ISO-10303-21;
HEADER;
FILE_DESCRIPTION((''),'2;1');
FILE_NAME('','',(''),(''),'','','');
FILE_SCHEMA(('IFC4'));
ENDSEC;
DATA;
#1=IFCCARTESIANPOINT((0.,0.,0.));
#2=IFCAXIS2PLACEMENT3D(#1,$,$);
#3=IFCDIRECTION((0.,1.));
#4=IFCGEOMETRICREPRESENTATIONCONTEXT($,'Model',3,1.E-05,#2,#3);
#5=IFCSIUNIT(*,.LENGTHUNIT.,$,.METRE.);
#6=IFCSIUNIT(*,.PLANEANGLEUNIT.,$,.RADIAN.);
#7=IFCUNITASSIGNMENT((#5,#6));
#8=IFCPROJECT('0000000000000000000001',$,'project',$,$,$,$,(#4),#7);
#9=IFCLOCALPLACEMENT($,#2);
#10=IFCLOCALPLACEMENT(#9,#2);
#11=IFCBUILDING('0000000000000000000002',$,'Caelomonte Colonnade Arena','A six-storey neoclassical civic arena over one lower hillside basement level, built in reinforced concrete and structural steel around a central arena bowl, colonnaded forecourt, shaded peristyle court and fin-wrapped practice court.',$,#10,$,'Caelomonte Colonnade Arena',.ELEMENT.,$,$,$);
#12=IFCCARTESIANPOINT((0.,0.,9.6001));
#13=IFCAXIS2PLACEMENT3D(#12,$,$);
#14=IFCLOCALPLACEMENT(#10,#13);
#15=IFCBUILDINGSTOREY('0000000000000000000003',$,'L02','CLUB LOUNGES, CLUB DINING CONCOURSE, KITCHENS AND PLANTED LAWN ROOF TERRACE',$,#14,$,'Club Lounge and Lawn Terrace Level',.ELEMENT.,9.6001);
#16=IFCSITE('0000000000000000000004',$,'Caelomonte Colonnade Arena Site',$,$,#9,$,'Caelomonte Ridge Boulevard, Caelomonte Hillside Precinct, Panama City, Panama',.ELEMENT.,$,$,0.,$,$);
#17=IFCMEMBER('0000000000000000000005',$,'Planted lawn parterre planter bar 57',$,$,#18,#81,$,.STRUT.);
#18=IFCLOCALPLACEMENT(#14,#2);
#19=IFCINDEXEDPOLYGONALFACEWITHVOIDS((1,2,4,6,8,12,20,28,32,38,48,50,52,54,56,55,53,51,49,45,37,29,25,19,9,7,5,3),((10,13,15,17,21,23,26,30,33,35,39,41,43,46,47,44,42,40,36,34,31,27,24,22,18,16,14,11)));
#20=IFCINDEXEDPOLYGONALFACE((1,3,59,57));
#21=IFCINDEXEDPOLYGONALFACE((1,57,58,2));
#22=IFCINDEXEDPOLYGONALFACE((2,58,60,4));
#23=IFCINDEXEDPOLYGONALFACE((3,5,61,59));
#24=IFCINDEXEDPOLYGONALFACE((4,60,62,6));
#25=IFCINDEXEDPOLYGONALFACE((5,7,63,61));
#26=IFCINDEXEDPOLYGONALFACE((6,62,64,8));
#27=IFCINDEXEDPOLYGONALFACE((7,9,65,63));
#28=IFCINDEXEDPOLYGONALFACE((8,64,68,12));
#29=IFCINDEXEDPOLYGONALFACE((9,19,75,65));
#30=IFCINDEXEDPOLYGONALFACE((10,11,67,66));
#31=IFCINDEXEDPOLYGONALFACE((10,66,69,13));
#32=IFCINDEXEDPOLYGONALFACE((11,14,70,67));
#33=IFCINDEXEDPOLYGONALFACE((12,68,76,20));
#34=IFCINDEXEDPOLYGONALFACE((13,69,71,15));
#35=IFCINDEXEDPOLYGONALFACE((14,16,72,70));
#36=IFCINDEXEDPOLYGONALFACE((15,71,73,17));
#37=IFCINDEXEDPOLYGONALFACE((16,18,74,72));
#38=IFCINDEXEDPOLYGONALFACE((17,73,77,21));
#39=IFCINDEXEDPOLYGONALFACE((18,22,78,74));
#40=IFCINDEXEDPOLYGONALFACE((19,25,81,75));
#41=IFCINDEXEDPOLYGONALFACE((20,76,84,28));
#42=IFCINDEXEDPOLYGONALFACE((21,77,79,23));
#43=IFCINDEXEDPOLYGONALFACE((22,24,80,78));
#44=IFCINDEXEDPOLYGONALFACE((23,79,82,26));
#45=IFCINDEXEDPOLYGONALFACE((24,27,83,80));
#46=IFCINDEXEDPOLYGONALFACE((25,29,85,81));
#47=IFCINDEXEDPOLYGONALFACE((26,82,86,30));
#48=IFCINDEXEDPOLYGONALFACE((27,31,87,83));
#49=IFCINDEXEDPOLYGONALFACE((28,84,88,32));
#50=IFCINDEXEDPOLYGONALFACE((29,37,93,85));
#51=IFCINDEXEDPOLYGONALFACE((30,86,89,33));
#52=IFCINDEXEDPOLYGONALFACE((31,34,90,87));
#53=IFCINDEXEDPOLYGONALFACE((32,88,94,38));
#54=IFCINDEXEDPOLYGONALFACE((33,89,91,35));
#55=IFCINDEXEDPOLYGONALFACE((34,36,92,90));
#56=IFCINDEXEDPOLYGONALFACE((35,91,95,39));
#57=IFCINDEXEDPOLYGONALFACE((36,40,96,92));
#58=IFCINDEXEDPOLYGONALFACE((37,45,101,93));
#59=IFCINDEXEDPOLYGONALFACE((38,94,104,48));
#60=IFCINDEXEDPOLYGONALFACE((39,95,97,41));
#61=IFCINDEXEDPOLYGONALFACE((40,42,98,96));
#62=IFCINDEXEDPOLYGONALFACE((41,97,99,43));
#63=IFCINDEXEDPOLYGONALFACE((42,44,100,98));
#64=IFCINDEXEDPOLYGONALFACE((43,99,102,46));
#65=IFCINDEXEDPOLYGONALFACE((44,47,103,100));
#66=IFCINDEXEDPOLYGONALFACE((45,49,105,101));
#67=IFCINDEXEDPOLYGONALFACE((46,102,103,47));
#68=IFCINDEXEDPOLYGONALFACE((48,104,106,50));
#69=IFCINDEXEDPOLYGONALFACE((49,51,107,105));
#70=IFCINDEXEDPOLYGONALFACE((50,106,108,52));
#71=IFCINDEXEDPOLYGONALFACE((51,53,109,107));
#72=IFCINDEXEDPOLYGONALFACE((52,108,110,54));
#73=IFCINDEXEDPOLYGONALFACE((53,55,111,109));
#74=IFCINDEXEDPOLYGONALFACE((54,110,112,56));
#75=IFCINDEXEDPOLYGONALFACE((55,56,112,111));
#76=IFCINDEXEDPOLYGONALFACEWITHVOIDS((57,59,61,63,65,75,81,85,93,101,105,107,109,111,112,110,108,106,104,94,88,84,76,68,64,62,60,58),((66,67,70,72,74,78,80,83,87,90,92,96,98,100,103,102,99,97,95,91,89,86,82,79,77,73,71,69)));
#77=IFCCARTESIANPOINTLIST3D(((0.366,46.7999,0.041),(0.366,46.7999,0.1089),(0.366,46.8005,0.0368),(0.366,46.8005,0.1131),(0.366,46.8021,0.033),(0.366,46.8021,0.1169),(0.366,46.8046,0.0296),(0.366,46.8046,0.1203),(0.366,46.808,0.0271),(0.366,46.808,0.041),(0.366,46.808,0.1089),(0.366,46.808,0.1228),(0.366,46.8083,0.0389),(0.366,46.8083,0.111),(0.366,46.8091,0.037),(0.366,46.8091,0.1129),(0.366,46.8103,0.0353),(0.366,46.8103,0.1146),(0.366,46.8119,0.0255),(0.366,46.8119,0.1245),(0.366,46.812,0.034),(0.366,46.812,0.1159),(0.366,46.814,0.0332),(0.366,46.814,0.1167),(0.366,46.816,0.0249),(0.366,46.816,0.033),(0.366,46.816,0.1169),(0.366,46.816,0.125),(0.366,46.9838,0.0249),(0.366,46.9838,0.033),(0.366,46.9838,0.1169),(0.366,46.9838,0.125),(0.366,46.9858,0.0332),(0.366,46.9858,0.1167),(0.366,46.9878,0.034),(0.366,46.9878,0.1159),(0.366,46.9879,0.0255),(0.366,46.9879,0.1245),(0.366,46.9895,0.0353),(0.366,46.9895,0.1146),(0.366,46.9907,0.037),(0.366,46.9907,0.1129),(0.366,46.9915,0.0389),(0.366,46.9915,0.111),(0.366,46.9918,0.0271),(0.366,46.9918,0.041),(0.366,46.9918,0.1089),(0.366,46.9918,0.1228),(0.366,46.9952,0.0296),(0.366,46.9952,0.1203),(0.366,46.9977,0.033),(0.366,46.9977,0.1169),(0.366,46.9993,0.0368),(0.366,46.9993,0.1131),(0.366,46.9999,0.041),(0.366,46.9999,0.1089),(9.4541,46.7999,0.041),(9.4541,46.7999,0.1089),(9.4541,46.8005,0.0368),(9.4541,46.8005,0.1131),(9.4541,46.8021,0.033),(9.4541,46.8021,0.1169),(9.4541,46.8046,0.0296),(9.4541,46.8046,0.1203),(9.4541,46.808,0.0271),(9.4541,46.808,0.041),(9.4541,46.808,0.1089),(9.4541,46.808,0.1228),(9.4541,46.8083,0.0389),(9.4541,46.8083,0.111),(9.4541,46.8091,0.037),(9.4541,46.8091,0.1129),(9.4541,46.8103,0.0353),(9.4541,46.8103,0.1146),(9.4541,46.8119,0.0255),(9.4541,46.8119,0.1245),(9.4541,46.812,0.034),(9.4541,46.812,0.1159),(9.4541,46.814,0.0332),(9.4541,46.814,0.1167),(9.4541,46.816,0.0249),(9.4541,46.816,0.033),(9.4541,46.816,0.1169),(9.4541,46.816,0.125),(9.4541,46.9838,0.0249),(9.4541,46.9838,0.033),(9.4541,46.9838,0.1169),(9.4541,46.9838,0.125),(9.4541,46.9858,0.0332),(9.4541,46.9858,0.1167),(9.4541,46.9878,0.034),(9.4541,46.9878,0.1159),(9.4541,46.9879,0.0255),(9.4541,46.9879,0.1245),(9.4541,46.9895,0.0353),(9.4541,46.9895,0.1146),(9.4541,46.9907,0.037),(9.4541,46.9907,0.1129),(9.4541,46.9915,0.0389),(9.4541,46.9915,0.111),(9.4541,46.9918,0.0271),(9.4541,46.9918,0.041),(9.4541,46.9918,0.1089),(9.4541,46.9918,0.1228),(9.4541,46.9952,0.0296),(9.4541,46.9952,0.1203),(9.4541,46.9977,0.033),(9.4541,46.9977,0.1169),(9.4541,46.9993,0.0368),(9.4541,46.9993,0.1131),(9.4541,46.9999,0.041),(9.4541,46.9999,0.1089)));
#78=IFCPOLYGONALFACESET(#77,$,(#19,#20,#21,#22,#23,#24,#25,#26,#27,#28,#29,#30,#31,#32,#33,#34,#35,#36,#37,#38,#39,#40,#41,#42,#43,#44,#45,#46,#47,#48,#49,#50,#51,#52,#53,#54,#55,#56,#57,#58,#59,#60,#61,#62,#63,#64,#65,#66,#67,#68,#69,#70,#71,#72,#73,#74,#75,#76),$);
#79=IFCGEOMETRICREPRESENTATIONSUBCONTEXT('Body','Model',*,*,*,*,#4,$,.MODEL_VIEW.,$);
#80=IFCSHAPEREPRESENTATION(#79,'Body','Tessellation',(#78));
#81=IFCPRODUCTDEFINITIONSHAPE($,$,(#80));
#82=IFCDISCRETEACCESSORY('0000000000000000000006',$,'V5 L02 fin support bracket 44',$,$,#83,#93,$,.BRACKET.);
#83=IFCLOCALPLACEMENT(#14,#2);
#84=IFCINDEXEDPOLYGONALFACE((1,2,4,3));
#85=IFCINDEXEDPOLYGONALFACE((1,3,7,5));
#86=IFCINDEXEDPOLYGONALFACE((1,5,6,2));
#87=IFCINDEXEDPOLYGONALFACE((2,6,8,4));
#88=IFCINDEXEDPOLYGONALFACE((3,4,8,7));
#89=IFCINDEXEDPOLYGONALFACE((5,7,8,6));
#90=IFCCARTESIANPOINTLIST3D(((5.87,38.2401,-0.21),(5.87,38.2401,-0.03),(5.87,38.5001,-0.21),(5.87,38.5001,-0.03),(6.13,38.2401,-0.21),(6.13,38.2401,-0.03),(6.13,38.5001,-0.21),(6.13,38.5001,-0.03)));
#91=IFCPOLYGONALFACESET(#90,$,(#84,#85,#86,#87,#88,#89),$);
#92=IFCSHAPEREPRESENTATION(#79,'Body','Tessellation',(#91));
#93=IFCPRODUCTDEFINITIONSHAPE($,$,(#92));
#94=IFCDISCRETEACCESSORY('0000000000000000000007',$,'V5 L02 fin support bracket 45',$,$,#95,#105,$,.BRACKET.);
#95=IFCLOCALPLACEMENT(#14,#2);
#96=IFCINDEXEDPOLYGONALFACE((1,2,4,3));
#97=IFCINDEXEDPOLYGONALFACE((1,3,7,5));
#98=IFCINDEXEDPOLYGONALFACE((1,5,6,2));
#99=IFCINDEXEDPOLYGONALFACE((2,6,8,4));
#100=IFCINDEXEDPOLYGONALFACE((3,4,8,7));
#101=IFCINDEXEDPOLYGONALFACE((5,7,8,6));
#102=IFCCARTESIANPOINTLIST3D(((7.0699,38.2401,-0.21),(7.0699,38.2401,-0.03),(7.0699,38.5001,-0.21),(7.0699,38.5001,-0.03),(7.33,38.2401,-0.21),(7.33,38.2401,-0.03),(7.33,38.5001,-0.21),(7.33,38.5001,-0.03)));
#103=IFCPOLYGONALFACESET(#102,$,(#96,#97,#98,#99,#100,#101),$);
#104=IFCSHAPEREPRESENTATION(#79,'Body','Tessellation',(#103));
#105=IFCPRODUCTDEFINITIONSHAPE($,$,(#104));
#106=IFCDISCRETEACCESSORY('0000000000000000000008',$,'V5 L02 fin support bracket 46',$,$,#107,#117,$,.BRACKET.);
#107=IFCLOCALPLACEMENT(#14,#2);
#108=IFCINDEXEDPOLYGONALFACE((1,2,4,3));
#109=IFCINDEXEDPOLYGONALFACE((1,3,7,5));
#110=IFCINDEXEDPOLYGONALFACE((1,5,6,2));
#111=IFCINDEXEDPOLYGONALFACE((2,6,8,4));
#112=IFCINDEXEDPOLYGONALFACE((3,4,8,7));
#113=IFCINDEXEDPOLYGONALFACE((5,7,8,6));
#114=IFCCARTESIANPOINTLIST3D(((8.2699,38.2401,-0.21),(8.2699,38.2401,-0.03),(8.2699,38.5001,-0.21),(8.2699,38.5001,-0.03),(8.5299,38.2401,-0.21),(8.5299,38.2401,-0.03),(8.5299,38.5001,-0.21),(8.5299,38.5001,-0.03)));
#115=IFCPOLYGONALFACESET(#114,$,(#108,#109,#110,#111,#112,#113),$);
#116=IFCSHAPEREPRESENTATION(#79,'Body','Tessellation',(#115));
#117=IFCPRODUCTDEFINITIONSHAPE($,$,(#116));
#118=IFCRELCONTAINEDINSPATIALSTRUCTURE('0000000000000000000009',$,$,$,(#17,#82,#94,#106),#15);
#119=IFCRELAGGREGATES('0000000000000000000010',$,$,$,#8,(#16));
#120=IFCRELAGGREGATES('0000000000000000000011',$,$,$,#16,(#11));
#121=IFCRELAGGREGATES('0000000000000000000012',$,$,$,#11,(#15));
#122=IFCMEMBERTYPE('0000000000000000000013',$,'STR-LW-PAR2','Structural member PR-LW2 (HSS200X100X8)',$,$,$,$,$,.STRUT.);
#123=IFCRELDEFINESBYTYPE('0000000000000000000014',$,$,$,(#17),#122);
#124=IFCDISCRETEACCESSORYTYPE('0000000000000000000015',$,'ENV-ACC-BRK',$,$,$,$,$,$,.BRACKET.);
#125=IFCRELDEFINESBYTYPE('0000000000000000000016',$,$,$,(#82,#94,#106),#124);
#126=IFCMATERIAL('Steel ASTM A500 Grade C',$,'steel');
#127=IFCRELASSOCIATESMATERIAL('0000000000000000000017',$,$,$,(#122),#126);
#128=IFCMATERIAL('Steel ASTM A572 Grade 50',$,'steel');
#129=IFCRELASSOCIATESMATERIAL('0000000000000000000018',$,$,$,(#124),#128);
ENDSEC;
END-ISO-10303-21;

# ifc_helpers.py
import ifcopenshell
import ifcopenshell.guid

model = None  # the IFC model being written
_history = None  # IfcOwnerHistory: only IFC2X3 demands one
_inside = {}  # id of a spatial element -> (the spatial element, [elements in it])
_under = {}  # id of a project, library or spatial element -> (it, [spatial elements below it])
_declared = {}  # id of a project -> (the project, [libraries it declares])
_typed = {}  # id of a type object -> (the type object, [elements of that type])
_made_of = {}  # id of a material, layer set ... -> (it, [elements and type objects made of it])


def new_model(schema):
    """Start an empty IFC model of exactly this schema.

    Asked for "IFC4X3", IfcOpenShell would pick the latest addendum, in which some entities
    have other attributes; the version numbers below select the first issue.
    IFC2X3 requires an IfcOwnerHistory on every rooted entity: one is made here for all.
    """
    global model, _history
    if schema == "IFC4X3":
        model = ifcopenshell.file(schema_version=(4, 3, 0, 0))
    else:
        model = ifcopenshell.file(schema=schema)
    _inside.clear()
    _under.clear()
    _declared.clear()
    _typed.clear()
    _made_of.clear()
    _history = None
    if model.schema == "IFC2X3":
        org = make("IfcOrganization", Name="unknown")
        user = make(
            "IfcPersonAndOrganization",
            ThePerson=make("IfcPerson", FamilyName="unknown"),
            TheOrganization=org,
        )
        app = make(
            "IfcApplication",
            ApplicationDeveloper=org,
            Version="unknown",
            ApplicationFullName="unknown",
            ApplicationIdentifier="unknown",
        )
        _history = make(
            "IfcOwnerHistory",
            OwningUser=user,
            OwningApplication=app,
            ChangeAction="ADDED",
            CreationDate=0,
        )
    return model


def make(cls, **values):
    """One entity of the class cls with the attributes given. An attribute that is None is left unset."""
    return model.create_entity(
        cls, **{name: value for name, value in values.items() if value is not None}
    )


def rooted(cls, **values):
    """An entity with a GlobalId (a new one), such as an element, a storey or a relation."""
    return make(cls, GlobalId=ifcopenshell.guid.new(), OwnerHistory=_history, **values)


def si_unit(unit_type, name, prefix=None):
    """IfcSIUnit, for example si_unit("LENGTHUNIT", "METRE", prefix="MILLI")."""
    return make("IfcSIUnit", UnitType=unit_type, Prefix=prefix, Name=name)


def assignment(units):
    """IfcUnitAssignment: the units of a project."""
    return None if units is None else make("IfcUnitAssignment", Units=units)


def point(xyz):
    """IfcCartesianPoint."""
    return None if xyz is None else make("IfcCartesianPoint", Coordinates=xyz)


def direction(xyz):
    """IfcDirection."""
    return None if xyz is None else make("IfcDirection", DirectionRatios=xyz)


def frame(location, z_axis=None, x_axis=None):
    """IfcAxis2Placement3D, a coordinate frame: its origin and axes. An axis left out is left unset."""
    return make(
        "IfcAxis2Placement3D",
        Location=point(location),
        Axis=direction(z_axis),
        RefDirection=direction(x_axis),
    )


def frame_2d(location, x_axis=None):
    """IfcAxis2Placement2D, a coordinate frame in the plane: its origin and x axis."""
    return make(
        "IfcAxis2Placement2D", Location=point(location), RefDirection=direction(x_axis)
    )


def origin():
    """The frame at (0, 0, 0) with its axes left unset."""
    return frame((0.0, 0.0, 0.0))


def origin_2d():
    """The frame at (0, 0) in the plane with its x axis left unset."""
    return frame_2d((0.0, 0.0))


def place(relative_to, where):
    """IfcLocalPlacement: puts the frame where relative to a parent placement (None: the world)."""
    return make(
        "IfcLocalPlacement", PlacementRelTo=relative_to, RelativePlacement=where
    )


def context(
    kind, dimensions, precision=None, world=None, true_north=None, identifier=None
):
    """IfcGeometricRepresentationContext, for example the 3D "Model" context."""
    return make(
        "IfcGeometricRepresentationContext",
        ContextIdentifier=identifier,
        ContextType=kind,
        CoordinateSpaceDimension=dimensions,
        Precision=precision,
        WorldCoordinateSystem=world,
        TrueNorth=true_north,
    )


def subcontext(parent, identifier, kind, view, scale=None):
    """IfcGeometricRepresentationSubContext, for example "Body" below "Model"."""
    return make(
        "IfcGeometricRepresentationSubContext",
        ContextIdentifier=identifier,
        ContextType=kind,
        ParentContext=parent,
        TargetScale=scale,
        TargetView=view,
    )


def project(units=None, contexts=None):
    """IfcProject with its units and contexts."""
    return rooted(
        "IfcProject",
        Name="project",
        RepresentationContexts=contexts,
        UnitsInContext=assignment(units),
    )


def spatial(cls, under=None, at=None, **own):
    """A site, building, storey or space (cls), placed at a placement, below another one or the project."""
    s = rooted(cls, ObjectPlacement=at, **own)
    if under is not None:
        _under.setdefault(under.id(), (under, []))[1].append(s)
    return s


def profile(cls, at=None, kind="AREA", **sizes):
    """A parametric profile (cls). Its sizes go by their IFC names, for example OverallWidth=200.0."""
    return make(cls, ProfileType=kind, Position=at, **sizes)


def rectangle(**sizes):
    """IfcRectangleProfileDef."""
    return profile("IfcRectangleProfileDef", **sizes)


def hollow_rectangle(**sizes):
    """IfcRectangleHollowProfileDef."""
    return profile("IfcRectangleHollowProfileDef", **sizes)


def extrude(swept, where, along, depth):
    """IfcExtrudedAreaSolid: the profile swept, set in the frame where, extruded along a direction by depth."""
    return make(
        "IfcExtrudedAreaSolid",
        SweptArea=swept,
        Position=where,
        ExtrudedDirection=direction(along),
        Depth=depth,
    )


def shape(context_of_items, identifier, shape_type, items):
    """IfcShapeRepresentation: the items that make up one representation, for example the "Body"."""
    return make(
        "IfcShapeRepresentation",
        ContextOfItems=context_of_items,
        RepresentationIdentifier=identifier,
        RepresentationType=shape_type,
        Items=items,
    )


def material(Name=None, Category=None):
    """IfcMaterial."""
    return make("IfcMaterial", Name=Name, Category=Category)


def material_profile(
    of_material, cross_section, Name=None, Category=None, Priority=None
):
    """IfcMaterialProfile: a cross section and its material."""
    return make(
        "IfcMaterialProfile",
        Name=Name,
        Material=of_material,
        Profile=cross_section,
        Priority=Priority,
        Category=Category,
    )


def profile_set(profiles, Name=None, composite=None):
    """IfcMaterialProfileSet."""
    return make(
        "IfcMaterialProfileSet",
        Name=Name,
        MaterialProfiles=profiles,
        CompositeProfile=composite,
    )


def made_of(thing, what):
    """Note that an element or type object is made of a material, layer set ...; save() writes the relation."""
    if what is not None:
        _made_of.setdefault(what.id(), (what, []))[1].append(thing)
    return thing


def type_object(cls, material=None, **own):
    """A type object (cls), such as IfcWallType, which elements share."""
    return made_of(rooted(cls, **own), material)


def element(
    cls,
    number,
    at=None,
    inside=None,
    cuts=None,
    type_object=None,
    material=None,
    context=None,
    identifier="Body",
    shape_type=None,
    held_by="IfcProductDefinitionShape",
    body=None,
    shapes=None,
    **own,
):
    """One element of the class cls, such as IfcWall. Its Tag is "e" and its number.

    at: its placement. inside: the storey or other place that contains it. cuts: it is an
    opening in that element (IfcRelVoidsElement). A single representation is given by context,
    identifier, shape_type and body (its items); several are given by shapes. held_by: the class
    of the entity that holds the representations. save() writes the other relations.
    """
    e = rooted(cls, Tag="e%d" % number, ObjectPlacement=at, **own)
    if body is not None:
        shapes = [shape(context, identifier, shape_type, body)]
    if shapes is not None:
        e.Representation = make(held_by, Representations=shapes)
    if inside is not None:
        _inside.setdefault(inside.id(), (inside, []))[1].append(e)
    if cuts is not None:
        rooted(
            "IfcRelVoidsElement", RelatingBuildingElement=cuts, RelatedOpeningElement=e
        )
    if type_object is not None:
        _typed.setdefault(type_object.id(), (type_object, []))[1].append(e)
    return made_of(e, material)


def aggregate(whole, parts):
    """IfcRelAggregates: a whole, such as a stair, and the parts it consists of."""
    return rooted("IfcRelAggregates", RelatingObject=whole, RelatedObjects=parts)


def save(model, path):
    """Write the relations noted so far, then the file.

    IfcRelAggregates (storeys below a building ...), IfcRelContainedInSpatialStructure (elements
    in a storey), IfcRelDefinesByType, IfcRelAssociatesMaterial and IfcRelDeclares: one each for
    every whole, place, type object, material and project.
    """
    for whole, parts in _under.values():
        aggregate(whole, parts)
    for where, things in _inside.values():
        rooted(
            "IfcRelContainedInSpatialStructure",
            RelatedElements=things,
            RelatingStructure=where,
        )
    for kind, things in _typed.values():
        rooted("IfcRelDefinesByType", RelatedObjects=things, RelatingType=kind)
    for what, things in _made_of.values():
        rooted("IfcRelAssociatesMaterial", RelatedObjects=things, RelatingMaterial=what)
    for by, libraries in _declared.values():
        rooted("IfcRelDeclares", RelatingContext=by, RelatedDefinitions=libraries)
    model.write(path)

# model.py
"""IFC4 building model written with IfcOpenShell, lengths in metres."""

from ifc_helpers import new_model, si_unit, direction, frame, origin, origin_2d, place, context, subcontext, project, spatial, rectangle, hollow_rectangle, extrude, material, material_profile, profile_set, type_object, element, save


model = new_model("IFC4")

# Units and contexts
model_context = context("Model", 3, precision=1e-05, world=origin(), true_north=direction((0.0, 1.0)))
body_context = subcontext(model_context, "Body", "Model", "MODEL_VIEW")
ifc_project = project(units=[si_unit("LENGTHUNIT", "METRE"), si_unit("PLANEANGLEUNIT", "RADIAN")], contexts=[model_context])

# Site, building, storey
site_placement = place(None, origin())
site = spatial("IfcSite", under=ifc_project, at=site_placement, Name="Caelomonte Colonnade Arena Site", LongName="Caelomonte Ridge Boulevard, Caelomonte Hillside Precinct, Panama City, Panama", CompositionType="ELEMENT", RefElevation=0.0)
building_placement = place(site_placement, origin())
building = spatial("IfcBuilding", under=site, at=building_placement, Name="Caelomonte Colonnade Arena", Description="A six-storey neoclassical civic arena over one lower hillside basement level, built in reinforced concrete and structural steel around a central arena bowl, colonnaded forecourt, shaded peristyle court and fin-wrapped practice court.", LongName="Caelomonte Colonnade Arena", CompositionType="ELEMENT")
storey_placement = place(building_placement, frame((0.0, 0.0, 9.6001)))
storey = spatial("IfcBuildingStorey", under=building, at=storey_placement, Name="L02", Description="CLUB LOUNGES, CLUB DINING CONCOURSE, KITCHENS AND PLANTED LAWN ROOF TERRACE", LongName="Club Lounge and Lawn Terrace Level", CompositionType="ELEMENT", Elevation=9.6001)

# Member
ifc_material_1 = material(Name="Steel ASTM A500 Grade C", Category="steel")
ifc_material_profile_1 = material_profile(ifc_material_1, hollow_rectangle(XDim=0.2, YDim=0.1001, WallThickness=0.0081, InnerFilletRadius=0.0081, OuterFilletRadius=0.0161, at=origin_2d()), Name="HSS200X100X8")
ifc_profile_set_1 = profile_set([ifc_material_profile_1], Name="Steel ASTM A500 Grade C")
member_type_1 = type_object("IfcMemberType", Name="STR-LW-PAR2", Description="Structural member PR-LW2 (HSS200X100X8)", PredefinedType="STRUT", material=ifc_profile_set_1)
for number, where, z_axis, x_axis, name in (
    (1, (0.366, 46.8999, 0.075), (1.0, 0.0, 0.0), (0.0, 1.0, 0.0), "Planted lawn parterre planter bar 57"),
):
    element("IfcMember", number, at=place(storey_placement, frame(where, z_axis=z_axis, x_axis=x_axis)), inside=storey, type_object=member_type_1, Name=name, PredefinedType="STRUT", context=body_context, shape_type="SweptSolid", body=[
        extrude(hollow_rectangle(XDim=0.2, YDim=0.1001, WallThickness=0.0081, InnerFilletRadius=0.0081, OuterFilletRadius=0.0161, at=origin_2d()), origin(), (0.0, 0.0, 1.0), 9.0881),
    ])

# Discrete accessories
ifc_material_2 = material(Name="Steel ASTM A572 Grade 50", Category="steel")
discrete_accessory_type = type_object("IfcDiscreteAccessoryType", Name="ENV-ACC-BRK", PredefinedType="BRACKET", material=ifc_material_2)
for number, where, z_axis, x_axis, name in (
    (2, (6.0, 38.3701, -0.21), (0.0, 0.0, 1.0), (1.0, 0.0, 0.0), "V5 L02 fin support bracket 44"),
    (3, (7.2, 38.3701, -0.21), (0.0, 0.0, 1.0), (1.0, 0.0, 0.0), "V5 L02 fin support bracket 45"),
    (4, (8.3999, 38.3701, -0.21), (0.0, 0.0, 1.0), (1.0, 0.0, 0.0), "V5 L02 fin support bracket 46"),
):
    element("IfcDiscreteAccessory", number, at=place(storey_placement, frame(where, z_axis=z_axis, x_axis=x_axis)), inside=storey, type_object=discrete_accessory_type, Name=name, PredefinedType="BRACKET", context=body_context, shape_type="SweptSolid", body=[
        extrude(rectangle(XDim=0.26, YDim=0.26, at=origin_2d()), origin(), (0.0, 0.0, 1.0), 0.1799),
    ])

save(model, "model.ifc")
